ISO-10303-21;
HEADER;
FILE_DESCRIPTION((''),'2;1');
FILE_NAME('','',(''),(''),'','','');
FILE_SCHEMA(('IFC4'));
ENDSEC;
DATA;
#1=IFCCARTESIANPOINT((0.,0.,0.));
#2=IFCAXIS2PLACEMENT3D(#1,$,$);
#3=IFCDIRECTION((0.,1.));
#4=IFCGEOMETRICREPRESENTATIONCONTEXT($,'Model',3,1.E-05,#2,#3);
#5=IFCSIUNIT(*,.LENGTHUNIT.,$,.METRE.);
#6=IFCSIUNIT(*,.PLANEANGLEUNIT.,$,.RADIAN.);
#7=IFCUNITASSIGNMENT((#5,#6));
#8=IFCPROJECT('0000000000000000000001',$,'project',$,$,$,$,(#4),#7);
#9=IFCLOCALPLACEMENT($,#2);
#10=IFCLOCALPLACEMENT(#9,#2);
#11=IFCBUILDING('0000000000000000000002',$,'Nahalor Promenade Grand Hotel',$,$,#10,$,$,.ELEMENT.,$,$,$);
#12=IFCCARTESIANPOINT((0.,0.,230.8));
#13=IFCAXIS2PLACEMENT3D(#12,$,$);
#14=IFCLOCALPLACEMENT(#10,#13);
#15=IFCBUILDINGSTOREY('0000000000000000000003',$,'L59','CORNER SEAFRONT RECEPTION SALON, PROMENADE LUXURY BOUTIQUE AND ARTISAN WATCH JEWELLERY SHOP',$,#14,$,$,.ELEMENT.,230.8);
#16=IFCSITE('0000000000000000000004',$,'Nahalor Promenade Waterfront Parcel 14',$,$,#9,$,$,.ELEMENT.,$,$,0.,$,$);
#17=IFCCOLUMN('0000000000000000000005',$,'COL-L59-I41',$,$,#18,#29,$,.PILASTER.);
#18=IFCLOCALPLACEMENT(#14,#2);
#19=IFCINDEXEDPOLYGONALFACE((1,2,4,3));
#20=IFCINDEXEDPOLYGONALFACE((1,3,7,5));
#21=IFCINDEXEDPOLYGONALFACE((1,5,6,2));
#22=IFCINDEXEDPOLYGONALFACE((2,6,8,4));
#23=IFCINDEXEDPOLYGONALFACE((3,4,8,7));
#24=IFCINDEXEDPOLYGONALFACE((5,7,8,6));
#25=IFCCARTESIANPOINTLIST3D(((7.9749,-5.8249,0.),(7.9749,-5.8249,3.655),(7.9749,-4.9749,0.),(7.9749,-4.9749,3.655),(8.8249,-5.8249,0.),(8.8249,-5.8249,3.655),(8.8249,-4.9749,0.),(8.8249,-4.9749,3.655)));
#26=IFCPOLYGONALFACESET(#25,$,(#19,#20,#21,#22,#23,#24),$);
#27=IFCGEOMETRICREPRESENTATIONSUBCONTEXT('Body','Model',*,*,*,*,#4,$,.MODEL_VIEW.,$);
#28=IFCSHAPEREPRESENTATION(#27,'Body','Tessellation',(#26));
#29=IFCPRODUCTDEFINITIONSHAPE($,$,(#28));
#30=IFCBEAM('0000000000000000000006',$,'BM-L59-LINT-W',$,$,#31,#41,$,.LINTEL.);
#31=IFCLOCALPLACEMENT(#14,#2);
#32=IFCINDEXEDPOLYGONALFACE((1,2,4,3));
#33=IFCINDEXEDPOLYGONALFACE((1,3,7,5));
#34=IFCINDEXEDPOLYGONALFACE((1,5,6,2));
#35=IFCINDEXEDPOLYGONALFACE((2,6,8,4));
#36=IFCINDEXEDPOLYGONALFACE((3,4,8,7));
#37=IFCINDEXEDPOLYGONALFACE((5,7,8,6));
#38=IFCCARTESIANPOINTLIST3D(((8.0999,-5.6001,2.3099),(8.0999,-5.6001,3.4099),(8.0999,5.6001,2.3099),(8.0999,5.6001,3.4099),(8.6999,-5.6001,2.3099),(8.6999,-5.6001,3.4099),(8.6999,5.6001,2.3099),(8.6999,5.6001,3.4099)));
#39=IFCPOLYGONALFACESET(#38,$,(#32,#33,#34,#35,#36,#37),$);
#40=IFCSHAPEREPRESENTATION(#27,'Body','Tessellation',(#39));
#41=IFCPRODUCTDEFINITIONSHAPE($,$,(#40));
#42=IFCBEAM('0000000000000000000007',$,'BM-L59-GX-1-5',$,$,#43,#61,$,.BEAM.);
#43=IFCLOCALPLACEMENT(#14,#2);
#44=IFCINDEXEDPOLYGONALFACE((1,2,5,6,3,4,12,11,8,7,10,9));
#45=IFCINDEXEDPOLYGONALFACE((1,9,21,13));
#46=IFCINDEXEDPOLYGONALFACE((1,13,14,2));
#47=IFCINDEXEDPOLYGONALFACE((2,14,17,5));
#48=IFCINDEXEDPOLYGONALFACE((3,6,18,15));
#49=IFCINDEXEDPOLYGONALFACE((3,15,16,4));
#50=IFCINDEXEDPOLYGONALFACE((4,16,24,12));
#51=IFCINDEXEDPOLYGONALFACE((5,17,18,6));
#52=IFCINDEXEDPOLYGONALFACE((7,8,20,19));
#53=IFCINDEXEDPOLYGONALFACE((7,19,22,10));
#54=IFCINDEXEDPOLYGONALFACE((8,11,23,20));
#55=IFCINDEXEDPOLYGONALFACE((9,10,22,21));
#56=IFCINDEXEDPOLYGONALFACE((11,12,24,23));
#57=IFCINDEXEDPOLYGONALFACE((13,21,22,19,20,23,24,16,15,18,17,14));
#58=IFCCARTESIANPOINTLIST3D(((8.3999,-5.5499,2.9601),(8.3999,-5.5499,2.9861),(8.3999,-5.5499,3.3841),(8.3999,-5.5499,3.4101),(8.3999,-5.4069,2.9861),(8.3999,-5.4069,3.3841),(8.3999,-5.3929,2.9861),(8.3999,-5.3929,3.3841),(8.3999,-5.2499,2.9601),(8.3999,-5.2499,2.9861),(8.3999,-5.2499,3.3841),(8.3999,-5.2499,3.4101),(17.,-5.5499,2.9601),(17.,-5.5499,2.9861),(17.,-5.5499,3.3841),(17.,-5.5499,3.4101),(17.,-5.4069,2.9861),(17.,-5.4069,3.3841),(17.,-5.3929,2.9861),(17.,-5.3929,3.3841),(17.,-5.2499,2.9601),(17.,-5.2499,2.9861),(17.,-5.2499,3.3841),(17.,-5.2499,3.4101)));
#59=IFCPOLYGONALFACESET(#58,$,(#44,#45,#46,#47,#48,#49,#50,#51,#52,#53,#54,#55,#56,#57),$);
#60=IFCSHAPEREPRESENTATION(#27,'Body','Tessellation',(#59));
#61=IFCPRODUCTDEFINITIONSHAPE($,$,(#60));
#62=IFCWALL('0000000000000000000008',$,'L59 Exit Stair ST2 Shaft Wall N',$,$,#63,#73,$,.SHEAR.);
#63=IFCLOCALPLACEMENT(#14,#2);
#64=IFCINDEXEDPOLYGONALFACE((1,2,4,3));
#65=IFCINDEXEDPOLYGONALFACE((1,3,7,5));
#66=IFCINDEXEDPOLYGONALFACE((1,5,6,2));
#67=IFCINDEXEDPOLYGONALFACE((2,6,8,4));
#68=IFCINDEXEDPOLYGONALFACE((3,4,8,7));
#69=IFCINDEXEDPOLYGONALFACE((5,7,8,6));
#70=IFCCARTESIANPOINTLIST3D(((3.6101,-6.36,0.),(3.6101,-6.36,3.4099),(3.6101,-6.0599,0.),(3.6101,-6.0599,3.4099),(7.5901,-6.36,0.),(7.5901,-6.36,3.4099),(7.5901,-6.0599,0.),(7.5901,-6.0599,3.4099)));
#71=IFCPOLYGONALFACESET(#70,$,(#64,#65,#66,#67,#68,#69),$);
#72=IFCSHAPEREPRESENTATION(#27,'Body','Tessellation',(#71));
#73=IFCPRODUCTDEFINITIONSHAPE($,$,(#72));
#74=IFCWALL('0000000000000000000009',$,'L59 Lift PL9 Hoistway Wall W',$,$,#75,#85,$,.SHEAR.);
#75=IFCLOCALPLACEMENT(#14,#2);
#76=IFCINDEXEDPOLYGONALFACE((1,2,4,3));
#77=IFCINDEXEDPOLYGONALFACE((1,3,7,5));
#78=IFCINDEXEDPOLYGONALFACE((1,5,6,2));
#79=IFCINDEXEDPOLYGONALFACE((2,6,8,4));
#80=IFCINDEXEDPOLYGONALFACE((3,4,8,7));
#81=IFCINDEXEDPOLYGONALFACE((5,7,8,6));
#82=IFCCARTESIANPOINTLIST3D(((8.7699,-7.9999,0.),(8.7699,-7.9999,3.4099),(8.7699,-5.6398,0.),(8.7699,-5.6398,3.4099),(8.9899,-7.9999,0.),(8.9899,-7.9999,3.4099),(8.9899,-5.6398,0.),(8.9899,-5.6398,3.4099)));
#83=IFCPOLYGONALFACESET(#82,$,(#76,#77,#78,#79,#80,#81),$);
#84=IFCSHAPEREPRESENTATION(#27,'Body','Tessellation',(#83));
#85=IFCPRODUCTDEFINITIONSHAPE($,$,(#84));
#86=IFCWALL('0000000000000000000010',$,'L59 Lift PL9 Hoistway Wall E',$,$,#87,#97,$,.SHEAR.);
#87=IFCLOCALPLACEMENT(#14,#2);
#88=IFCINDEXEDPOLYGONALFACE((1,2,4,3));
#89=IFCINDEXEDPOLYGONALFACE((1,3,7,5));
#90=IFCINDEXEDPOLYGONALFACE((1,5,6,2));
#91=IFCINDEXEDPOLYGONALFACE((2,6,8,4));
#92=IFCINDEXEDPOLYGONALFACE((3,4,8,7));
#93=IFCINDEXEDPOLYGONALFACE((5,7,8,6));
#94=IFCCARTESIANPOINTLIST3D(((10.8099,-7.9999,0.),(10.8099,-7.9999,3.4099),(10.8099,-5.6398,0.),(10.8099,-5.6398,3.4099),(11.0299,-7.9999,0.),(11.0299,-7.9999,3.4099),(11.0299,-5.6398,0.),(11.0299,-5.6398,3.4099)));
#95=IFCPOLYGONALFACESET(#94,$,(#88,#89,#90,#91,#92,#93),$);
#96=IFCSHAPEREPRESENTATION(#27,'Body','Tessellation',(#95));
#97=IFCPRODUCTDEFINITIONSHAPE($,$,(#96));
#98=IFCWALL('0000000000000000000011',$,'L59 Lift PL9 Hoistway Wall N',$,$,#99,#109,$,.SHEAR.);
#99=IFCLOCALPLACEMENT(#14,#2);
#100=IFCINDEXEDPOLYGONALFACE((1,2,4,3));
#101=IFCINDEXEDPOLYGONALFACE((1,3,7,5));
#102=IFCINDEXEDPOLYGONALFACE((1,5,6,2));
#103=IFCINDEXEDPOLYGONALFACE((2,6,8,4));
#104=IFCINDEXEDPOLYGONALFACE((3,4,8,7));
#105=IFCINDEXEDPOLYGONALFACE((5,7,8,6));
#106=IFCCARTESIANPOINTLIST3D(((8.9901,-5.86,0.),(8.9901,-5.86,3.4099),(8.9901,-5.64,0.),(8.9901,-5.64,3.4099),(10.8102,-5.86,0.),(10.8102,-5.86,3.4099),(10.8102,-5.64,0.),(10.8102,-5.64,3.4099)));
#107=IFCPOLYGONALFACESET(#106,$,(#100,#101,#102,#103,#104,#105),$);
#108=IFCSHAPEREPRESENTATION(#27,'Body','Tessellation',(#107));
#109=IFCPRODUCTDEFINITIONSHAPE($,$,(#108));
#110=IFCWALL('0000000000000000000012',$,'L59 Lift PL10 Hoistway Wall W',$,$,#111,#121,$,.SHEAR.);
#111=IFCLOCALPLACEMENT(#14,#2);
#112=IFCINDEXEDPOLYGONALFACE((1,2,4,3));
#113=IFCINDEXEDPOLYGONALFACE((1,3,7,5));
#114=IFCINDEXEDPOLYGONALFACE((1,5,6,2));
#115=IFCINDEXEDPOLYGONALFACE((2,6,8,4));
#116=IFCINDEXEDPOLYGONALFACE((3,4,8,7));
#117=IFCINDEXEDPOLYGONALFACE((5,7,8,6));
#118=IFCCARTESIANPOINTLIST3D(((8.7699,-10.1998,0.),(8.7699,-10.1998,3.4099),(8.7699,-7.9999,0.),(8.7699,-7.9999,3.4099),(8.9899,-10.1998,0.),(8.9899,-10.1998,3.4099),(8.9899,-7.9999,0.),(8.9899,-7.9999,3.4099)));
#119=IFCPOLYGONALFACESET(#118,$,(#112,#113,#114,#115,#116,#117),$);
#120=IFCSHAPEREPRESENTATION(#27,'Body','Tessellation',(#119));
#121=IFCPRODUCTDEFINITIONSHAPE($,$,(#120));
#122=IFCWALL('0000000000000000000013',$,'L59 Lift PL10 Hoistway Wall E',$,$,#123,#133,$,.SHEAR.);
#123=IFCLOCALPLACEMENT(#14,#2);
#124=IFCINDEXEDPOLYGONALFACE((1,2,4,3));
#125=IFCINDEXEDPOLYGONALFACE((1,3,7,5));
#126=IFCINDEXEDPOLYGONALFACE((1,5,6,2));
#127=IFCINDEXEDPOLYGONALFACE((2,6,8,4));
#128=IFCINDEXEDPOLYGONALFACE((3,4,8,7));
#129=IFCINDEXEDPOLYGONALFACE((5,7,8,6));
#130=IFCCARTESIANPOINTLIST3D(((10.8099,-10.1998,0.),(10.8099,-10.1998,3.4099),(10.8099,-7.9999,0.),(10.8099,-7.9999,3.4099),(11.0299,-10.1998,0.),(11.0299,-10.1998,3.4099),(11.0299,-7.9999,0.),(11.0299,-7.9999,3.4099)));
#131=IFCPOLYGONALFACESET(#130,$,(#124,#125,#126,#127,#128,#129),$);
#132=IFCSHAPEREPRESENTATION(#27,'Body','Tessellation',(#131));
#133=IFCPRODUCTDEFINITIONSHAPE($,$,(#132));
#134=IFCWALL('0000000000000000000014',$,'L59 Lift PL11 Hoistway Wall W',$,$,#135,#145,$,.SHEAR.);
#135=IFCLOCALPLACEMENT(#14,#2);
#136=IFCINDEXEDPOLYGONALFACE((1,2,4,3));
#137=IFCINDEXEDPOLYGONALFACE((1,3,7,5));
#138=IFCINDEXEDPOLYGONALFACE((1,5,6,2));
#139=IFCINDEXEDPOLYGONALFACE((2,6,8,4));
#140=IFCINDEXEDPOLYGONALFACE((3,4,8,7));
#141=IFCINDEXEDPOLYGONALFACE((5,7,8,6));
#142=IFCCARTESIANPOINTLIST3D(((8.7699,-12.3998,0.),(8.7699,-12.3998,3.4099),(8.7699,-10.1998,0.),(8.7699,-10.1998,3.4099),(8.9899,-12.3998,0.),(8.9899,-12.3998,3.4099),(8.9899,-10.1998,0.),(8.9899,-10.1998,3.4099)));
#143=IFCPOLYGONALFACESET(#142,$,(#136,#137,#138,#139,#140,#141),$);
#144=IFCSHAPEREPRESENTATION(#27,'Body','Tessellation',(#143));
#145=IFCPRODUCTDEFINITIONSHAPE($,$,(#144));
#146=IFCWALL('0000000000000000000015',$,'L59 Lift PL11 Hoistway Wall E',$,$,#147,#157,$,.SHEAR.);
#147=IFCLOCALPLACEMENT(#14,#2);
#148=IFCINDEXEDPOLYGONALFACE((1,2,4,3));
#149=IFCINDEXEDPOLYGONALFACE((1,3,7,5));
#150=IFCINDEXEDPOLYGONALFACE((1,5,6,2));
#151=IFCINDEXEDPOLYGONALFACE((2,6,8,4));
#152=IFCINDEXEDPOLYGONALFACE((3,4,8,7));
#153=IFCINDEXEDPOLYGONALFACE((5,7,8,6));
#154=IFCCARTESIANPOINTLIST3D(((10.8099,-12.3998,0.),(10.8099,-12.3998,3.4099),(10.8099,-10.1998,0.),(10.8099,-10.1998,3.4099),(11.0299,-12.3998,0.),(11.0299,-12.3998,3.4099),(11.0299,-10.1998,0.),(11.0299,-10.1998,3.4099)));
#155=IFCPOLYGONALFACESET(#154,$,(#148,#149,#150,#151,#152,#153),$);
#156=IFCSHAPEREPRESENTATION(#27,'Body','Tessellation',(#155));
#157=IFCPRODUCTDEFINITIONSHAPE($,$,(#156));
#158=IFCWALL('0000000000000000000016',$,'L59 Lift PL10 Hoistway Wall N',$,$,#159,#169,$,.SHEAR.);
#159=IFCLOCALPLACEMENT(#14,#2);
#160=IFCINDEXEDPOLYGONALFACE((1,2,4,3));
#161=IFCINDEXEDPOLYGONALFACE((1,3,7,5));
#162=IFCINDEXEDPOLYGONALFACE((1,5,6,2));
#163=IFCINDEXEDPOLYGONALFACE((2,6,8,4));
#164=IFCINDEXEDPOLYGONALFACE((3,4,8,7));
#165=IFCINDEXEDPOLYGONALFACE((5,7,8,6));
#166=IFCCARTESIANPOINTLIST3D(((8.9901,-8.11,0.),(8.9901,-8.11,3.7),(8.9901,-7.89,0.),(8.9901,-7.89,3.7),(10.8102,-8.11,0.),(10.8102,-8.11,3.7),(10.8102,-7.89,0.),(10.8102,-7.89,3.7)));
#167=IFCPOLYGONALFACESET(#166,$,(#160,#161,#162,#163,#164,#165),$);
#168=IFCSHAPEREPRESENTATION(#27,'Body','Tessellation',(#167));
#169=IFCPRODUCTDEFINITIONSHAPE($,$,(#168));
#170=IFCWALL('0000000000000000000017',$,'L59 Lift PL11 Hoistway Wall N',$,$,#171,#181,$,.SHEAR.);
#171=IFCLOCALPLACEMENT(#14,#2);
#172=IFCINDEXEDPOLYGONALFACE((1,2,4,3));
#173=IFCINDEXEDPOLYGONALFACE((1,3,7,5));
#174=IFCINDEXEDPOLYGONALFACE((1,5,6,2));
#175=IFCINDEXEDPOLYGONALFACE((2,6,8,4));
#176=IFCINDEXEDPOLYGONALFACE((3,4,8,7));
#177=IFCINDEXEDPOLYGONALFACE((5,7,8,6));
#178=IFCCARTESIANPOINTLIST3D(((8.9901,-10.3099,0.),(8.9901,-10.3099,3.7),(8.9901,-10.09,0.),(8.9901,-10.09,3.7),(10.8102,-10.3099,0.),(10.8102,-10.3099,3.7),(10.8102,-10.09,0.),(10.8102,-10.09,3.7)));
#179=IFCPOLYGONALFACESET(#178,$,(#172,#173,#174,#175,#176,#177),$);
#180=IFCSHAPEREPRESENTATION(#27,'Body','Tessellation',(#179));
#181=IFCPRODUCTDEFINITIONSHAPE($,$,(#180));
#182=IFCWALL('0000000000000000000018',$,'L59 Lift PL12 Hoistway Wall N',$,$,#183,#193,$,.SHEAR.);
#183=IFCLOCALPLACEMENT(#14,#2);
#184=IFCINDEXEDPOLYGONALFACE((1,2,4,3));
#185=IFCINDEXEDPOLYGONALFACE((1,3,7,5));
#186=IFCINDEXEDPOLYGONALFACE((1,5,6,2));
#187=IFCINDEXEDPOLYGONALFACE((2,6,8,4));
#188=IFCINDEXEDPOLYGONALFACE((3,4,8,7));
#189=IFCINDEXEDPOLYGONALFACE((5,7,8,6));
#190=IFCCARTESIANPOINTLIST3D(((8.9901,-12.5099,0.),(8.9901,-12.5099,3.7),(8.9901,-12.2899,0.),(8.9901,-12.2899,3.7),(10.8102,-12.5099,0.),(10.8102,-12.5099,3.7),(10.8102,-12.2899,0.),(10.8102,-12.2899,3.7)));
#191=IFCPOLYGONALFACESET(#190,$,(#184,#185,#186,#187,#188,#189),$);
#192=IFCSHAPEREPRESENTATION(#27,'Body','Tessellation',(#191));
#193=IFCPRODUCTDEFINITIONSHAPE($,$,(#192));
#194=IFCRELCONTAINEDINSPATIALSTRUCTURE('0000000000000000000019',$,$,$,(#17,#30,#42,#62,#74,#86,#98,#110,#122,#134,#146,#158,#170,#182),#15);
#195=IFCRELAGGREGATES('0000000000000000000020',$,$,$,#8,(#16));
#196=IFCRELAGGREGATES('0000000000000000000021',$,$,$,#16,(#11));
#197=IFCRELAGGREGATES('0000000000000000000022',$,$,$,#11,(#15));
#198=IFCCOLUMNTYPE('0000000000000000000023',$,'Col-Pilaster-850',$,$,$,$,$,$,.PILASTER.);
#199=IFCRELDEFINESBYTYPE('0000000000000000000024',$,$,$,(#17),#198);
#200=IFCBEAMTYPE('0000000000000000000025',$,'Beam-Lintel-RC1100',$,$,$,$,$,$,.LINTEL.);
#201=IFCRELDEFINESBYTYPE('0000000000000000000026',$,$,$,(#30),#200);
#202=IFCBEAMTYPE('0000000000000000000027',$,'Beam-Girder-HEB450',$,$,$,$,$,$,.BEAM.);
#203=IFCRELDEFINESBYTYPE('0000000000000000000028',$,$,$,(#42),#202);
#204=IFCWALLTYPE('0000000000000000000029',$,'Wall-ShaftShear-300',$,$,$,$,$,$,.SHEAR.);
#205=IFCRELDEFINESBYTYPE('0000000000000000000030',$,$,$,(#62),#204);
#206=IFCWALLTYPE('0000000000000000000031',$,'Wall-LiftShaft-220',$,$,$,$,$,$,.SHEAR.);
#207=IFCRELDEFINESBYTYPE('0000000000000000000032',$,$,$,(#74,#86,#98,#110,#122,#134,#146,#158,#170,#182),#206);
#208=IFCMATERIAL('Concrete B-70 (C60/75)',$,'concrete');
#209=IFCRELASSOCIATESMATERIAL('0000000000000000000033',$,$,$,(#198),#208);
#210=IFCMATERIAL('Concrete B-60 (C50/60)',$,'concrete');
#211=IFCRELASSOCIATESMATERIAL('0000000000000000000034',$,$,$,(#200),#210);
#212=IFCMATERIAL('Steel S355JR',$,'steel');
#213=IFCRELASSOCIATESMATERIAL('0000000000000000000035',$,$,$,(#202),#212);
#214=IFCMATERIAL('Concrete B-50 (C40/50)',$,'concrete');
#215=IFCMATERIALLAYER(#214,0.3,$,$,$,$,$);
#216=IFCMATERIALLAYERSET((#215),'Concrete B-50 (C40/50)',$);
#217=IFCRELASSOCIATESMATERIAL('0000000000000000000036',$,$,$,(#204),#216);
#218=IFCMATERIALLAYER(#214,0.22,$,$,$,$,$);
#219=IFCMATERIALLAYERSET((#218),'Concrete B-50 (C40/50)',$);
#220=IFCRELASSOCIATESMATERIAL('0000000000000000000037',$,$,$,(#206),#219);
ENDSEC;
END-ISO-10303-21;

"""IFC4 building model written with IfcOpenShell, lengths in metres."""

from ifc_helpers import new_model, si_unit, direction, frame, frame_2d, origin, origin_2d, place, context, subcontext, project, spatial, rectangle, i_section, extrude, source, transform, mapped, material, layer, layer_set, material_profile, profile_set, type_object, element, save


model = new_model("IFC4")

# Units and contexts
model_context = context("Model", 3, precision=1e-05, world=origin(), true_north=direction((0.0, 1.0)))
body_context = subcontext(model_context, "Body", "Model", "MODEL_VIEW")
ifc_project = project(units=[si_unit("LENGTHUNIT", "METRE"), si_unit("PLANEANGLEUNIT", "RADIAN")], contexts=[model_context])

# Site, building, storey
site_placement = place(None, origin())
site = spatial("IfcSite", under=ifc_project, at=site_placement, Name="Nahalor Promenade Waterfront Parcel 14", CompositionType="ELEMENT", RefElevation=0.0)
building_placement = place(site_placement, origin())
building = spatial("IfcBuilding", under=site, at=building_placement, Name="Nahalor Promenade Grand Hotel", CompositionType="ELEMENT")
storey_placement = place(building_placement, frame((0.0, 0.0, 230.8)))
storey = spatial("IfcBuildingStorey", under=building, at=storey_placement, Name="L59", Description="CORNER SEAFRONT RECEPTION SALON, PROMENADE LUXURY BOUTIQUE AND ARTISAN WATCH JEWELLERY SHOP", CompositionType="ELEMENT", Elevation=230.8)

# Column
ifc_material_1 = material(Name="Concrete B-70 (C60/75)", Category="concrete")
ifc_material_profile_1 = material_profile(ifc_material_1, rectangle(XDim=0.85, YDim=0.85, at=origin_2d()), Name="RC 850x850")
ifc_profile_set_1 = profile_set([ifc_material_profile_1], Name="Concrete B-70 (C60/75)")
column_type = type_object("IfcColumnType", Name="Col-Pilaster-850", PredefinedType="PILASTER", material=ifc_profile_set_1)
shared_shape_1 = source(origin(), body_context, "Body", "SweptSolid", [
    extrude(rectangle(XDim=0.85, YDim=0.85, at=origin_2d()), origin(), (0.0, 0.0, 1.0), 3.655),
])
column_placement = place(storey_placement, frame((8.3999, -5.3999, 0.0), z_axis=(0.0, 0.0, 1.0), x_axis=(1.0, 0.0, 0.0)))
element("IfcColumn", 1, at=column_placement, inside=storey, type_object=column_type, Name="COL-L59-I41", PredefinedType="PILASTER", context=body_context, shape_type="MappedRepresentation", body=[
    mapped(shared_shape_1, transform((0.0, 0.0, 0.0), scale=1.0)),
])

# Beams
ifc_material_2 = material(Name="Concrete B-60 (C50/60)", Category="concrete")
ifc_material_profile_2 = material_profile(ifc_material_2, rectangle(XDim=0.6, YDim=1.1, at=origin_2d()), Name="RC 600x1100")
ifc_profile_set_2 = profile_set([ifc_material_profile_2], Name="Concrete B-60 (C50/60)")
beam_type_1 = type_object("IfcBeamType", Name="Beam-Lintel-RC1100", PredefinedType="LINTEL", material=ifc_profile_set_2)
shared_shape_2 = source(origin(), body_context, "Body", "SweptSolid", [
    extrude(rectangle(XDim=0.6, YDim=1.1, at=origin_2d()), origin(), (0.0, 0.0, 1.0), 11.2002),
])
beam_1_placement = place(storey_placement, frame((8.3999, -5.6001, 2.8599), z_axis=(0.0, 1.0, 0.0), x_axis=(-1.0, 0.0, 0.0)))
element("IfcBeam", 2, at=beam_1_placement, inside=storey, type_object=beam_type_1, Name="BM-L59-LINT-W", PredefinedType="LINTEL", context=body_context, shape_type="MappedRepresentation", body=[
    mapped(shared_shape_2, transform((0.0, 0.0, 0.0), scale=1.0)),
])
ifc_material_3 = material(Name="Steel S355JR", Category="steel")
ifc_material_profile_3 = material_profile(ifc_material_3, i_section(OverallWidth=0.3, OverallDepth=0.45, WebThickness=0.014, FlangeThickness=0.026, at=origin_2d()), Name="HEB 450")
ifc_profile_set_3 = profile_set([ifc_material_profile_3], Name="Steel S355JR")
beam_type_2 = type_object("IfcBeamType", Name="Beam-Girder-HEB450", PredefinedType="BEAM", material=ifc_profile_set_3)
shared_shape_3 = source(origin(), body_context, "Body", "SweptSolid", [
    extrude(i_section(OverallWidth=0.3, OverallDepth=0.45, WebThickness=0.014, FlangeThickness=0.026, at=origin_2d()), origin(), (0.0, 0.0, 1.0), 8.6001),
])
beam_2_placement = place(storey_placement, frame((8.3999, -5.3999, 3.1851), z_axis=(1.0, 0.0, 0.0), x_axis=(0.0, 1.0, 0.0)))
element("IfcBeam", 3, at=beam_2_placement, inside=storey, type_object=beam_type_2, Name="BM-L59-GX-1-5", PredefinedType="BEAM", context=body_context, shape_type="MappedRepresentation", body=[
    mapped(shared_shape_3, transform((0.0, 0.0, 0.0), scale=1.0)),
])

# Walls
ifc_material_4 = material(Name="Concrete B-50 (C40/50)", Category="concrete")
ifc_layer_1 = layer(ifc_material_4, 0.3)
ifc_layer_set_1 = layer_set([ifc_layer_1], Name="Concrete B-50 (C40/50)")
wall_type_1 = type_object("IfcWallType", Name="Wall-ShaftShear-300", PredefinedType="SHEAR", material=ifc_layer_set_1)
shared_shape_4 = source(origin(), body_context, "Body", "SweptSolid", [
    extrude(rectangle(XDim=3.98, YDim=0.3, at=frame_2d((1.99, 0.0))), origin(), (0.0, 0.0, 1.0), 3.4099),
])
wall_1_placement = place(storey_placement, frame((3.6101, -6.21, 0.0), z_axis=(0.0, 0.0, 1.0), x_axis=(1.0, 0.0, 0.0)))
element("IfcWall", 4, at=wall_1_placement, inside=storey, type_object=wall_type_1, Name="L59 Exit Stair ST2 Shaft Wall N", PredefinedType="SHEAR", context=body_context, shape_type="MappedRepresentation", body=[
    mapped(shared_shape_4, transform((0.0, 0.0, 0.0), scale=1.0)),
])
ifc_layer_2 = layer(ifc_material_4, 0.22)
ifc_layer_set_2 = layer_set([ifc_layer_2], Name="Concrete B-50 (C40/50)")
wall_type_2 = type_object("IfcWallType", Name="Wall-LiftShaft-220", PredefinedType="SHEAR", material=ifc_layer_set_2)
shared_shape_5 = source(origin(), body_context, "Body", "SweptSolid", [
    extrude(rectangle(XDim=2.3601, YDim=0.22, at=frame_2d((1.1802, 0.0))), origin(), (0.0, 0.0, 1.0), 3.4099),
])
for number, where, z_axis, x_axis, name in (
    (5, (8.8799, -8.0, 0.0), (0.0, 0.0, 1.0), (0.0, 1.0, 0.0), "L59 Lift PL9 Hoistway Wall W"),
    (6, (10.9199, -8.0, 0.0), (0.0, 0.0, 1.0), (0.0, 1.0, 0.0), "L59 Lift PL9 Hoistway Wall E"),
):
    element("IfcWall", number, at=place(storey_placement, frame(where, z_axis=z_axis, x_axis=x_axis)), inside=storey, type_object=wall_type_2, Name=name, PredefinedType="SHEAR", context=body_context, shape_type="MappedRepresentation", body=[
        mapped(shared_shape_5, transform((0.0, 0.0, 0.0), scale=1.0)),
    ])
shared_shape_6 = source(origin(), body_context, "Body", "SweptSolid", [
    extrude(rectangle(XDim=1.8201, YDim=0.22, at=frame_2d((0.9102, 0.0))), origin(), (0.0, 0.0, 1.0), 3.4099),
])
wall_2_placement = place(storey_placement, frame((8.99, -5.75, 0.0), z_axis=(0.0, 0.0, 1.0), x_axis=(1.0, 0.0, 0.0)))
element("IfcWall", 7, at=wall_2_placement, inside=storey, type_object=wall_type_2, Name="L59 Lift PL9 Hoistway Wall N", PredefinedType="SHEAR", context=body_context, shape_type="MappedRepresentation", body=[
    mapped(shared_shape_6, transform((0.0, 0.0, 0.0), scale=1.0)),
])
shared_shape_7 = source(origin(), body_context, "Body", "SweptSolid", [
    extrude(rectangle(XDim=2.2, YDim=0.22, at=frame_2d((1.1001, 0.0))), origin(), (0.0, 0.0, 1.0), 3.4099),
])
for number, where, z_axis, x_axis, name in (
    (8, (8.8799, -10.2, 0.0), (0.0, 0.0, 1.0), (0.0, 1.0, 0.0), "L59 Lift PL10 Hoistway Wall W"),
    (9, (10.9199, -10.2, 0.0), (0.0, 0.0, 1.0), (0.0, 1.0, 0.0), "L59 Lift PL10 Hoistway Wall E"),
    (10, (8.8799, -12.3999, 0.0), (0.0, 0.0, 1.0), (0.0, 1.0, 0.0), "L59 Lift PL11 Hoistway Wall W"),
    (11, (10.9199, -12.3999, 0.0), (0.0, 0.0, 1.0), (0.0, 1.0, 0.0), "L59 Lift PL11 Hoistway Wall E"),
):
    element("IfcWall", number, at=place(storey_placement, frame(where, z_axis=z_axis, x_axis=x_axis)), inside=storey, type_object=wall_type_2, Name=name, PredefinedType="SHEAR", context=body_context, shape_type="MappedRepresentation", body=[
        mapped(shared_shape_7, transform((0.0, 0.0, 0.0), scale=1.0)),
    ])
shared_shape_8 = source(origin(), body_context, "Body", "SweptSolid", [
    extrude(rectangle(XDim=1.8201, YDim=0.22, at=frame_2d((0.9102, 0.0))), origin(), (0.0, 0.0, 1.0), 3.7),
])
for number, where, z_axis, x_axis, name in (
    (12, (8.99, -8.0, 0.0), (0.0, 0.0, 1.0), (1.0, 0.0, 0.0), "L59 Lift PL10 Hoistway Wall N"),
    (13, (8.99, -10.2, 0.0), (0.0, 0.0, 1.0), (1.0, 0.0, 0.0), "L59 Lift PL11 Hoistway Wall N"),
    (14, (8.99, -12.3999, 0.0), (0.0, 0.0, 1.0), (1.0, 0.0, 0.0), "L59 Lift PL12 Hoistway Wall N"),
):
    element("IfcWall", number, at=place(storey_placement, frame(where, z_axis=z_axis, x_axis=x_axis)), inside=storey, type_object=wall_type_2, Name=name, PredefinedType="SHEAR", context=body_context, shape_type="MappedRepresentation", body=[
        mapped(shared_shape_8, transform((0.0, 0.0, 0.0), scale=1.0)),
    ])

save(model, "model.ifc")
